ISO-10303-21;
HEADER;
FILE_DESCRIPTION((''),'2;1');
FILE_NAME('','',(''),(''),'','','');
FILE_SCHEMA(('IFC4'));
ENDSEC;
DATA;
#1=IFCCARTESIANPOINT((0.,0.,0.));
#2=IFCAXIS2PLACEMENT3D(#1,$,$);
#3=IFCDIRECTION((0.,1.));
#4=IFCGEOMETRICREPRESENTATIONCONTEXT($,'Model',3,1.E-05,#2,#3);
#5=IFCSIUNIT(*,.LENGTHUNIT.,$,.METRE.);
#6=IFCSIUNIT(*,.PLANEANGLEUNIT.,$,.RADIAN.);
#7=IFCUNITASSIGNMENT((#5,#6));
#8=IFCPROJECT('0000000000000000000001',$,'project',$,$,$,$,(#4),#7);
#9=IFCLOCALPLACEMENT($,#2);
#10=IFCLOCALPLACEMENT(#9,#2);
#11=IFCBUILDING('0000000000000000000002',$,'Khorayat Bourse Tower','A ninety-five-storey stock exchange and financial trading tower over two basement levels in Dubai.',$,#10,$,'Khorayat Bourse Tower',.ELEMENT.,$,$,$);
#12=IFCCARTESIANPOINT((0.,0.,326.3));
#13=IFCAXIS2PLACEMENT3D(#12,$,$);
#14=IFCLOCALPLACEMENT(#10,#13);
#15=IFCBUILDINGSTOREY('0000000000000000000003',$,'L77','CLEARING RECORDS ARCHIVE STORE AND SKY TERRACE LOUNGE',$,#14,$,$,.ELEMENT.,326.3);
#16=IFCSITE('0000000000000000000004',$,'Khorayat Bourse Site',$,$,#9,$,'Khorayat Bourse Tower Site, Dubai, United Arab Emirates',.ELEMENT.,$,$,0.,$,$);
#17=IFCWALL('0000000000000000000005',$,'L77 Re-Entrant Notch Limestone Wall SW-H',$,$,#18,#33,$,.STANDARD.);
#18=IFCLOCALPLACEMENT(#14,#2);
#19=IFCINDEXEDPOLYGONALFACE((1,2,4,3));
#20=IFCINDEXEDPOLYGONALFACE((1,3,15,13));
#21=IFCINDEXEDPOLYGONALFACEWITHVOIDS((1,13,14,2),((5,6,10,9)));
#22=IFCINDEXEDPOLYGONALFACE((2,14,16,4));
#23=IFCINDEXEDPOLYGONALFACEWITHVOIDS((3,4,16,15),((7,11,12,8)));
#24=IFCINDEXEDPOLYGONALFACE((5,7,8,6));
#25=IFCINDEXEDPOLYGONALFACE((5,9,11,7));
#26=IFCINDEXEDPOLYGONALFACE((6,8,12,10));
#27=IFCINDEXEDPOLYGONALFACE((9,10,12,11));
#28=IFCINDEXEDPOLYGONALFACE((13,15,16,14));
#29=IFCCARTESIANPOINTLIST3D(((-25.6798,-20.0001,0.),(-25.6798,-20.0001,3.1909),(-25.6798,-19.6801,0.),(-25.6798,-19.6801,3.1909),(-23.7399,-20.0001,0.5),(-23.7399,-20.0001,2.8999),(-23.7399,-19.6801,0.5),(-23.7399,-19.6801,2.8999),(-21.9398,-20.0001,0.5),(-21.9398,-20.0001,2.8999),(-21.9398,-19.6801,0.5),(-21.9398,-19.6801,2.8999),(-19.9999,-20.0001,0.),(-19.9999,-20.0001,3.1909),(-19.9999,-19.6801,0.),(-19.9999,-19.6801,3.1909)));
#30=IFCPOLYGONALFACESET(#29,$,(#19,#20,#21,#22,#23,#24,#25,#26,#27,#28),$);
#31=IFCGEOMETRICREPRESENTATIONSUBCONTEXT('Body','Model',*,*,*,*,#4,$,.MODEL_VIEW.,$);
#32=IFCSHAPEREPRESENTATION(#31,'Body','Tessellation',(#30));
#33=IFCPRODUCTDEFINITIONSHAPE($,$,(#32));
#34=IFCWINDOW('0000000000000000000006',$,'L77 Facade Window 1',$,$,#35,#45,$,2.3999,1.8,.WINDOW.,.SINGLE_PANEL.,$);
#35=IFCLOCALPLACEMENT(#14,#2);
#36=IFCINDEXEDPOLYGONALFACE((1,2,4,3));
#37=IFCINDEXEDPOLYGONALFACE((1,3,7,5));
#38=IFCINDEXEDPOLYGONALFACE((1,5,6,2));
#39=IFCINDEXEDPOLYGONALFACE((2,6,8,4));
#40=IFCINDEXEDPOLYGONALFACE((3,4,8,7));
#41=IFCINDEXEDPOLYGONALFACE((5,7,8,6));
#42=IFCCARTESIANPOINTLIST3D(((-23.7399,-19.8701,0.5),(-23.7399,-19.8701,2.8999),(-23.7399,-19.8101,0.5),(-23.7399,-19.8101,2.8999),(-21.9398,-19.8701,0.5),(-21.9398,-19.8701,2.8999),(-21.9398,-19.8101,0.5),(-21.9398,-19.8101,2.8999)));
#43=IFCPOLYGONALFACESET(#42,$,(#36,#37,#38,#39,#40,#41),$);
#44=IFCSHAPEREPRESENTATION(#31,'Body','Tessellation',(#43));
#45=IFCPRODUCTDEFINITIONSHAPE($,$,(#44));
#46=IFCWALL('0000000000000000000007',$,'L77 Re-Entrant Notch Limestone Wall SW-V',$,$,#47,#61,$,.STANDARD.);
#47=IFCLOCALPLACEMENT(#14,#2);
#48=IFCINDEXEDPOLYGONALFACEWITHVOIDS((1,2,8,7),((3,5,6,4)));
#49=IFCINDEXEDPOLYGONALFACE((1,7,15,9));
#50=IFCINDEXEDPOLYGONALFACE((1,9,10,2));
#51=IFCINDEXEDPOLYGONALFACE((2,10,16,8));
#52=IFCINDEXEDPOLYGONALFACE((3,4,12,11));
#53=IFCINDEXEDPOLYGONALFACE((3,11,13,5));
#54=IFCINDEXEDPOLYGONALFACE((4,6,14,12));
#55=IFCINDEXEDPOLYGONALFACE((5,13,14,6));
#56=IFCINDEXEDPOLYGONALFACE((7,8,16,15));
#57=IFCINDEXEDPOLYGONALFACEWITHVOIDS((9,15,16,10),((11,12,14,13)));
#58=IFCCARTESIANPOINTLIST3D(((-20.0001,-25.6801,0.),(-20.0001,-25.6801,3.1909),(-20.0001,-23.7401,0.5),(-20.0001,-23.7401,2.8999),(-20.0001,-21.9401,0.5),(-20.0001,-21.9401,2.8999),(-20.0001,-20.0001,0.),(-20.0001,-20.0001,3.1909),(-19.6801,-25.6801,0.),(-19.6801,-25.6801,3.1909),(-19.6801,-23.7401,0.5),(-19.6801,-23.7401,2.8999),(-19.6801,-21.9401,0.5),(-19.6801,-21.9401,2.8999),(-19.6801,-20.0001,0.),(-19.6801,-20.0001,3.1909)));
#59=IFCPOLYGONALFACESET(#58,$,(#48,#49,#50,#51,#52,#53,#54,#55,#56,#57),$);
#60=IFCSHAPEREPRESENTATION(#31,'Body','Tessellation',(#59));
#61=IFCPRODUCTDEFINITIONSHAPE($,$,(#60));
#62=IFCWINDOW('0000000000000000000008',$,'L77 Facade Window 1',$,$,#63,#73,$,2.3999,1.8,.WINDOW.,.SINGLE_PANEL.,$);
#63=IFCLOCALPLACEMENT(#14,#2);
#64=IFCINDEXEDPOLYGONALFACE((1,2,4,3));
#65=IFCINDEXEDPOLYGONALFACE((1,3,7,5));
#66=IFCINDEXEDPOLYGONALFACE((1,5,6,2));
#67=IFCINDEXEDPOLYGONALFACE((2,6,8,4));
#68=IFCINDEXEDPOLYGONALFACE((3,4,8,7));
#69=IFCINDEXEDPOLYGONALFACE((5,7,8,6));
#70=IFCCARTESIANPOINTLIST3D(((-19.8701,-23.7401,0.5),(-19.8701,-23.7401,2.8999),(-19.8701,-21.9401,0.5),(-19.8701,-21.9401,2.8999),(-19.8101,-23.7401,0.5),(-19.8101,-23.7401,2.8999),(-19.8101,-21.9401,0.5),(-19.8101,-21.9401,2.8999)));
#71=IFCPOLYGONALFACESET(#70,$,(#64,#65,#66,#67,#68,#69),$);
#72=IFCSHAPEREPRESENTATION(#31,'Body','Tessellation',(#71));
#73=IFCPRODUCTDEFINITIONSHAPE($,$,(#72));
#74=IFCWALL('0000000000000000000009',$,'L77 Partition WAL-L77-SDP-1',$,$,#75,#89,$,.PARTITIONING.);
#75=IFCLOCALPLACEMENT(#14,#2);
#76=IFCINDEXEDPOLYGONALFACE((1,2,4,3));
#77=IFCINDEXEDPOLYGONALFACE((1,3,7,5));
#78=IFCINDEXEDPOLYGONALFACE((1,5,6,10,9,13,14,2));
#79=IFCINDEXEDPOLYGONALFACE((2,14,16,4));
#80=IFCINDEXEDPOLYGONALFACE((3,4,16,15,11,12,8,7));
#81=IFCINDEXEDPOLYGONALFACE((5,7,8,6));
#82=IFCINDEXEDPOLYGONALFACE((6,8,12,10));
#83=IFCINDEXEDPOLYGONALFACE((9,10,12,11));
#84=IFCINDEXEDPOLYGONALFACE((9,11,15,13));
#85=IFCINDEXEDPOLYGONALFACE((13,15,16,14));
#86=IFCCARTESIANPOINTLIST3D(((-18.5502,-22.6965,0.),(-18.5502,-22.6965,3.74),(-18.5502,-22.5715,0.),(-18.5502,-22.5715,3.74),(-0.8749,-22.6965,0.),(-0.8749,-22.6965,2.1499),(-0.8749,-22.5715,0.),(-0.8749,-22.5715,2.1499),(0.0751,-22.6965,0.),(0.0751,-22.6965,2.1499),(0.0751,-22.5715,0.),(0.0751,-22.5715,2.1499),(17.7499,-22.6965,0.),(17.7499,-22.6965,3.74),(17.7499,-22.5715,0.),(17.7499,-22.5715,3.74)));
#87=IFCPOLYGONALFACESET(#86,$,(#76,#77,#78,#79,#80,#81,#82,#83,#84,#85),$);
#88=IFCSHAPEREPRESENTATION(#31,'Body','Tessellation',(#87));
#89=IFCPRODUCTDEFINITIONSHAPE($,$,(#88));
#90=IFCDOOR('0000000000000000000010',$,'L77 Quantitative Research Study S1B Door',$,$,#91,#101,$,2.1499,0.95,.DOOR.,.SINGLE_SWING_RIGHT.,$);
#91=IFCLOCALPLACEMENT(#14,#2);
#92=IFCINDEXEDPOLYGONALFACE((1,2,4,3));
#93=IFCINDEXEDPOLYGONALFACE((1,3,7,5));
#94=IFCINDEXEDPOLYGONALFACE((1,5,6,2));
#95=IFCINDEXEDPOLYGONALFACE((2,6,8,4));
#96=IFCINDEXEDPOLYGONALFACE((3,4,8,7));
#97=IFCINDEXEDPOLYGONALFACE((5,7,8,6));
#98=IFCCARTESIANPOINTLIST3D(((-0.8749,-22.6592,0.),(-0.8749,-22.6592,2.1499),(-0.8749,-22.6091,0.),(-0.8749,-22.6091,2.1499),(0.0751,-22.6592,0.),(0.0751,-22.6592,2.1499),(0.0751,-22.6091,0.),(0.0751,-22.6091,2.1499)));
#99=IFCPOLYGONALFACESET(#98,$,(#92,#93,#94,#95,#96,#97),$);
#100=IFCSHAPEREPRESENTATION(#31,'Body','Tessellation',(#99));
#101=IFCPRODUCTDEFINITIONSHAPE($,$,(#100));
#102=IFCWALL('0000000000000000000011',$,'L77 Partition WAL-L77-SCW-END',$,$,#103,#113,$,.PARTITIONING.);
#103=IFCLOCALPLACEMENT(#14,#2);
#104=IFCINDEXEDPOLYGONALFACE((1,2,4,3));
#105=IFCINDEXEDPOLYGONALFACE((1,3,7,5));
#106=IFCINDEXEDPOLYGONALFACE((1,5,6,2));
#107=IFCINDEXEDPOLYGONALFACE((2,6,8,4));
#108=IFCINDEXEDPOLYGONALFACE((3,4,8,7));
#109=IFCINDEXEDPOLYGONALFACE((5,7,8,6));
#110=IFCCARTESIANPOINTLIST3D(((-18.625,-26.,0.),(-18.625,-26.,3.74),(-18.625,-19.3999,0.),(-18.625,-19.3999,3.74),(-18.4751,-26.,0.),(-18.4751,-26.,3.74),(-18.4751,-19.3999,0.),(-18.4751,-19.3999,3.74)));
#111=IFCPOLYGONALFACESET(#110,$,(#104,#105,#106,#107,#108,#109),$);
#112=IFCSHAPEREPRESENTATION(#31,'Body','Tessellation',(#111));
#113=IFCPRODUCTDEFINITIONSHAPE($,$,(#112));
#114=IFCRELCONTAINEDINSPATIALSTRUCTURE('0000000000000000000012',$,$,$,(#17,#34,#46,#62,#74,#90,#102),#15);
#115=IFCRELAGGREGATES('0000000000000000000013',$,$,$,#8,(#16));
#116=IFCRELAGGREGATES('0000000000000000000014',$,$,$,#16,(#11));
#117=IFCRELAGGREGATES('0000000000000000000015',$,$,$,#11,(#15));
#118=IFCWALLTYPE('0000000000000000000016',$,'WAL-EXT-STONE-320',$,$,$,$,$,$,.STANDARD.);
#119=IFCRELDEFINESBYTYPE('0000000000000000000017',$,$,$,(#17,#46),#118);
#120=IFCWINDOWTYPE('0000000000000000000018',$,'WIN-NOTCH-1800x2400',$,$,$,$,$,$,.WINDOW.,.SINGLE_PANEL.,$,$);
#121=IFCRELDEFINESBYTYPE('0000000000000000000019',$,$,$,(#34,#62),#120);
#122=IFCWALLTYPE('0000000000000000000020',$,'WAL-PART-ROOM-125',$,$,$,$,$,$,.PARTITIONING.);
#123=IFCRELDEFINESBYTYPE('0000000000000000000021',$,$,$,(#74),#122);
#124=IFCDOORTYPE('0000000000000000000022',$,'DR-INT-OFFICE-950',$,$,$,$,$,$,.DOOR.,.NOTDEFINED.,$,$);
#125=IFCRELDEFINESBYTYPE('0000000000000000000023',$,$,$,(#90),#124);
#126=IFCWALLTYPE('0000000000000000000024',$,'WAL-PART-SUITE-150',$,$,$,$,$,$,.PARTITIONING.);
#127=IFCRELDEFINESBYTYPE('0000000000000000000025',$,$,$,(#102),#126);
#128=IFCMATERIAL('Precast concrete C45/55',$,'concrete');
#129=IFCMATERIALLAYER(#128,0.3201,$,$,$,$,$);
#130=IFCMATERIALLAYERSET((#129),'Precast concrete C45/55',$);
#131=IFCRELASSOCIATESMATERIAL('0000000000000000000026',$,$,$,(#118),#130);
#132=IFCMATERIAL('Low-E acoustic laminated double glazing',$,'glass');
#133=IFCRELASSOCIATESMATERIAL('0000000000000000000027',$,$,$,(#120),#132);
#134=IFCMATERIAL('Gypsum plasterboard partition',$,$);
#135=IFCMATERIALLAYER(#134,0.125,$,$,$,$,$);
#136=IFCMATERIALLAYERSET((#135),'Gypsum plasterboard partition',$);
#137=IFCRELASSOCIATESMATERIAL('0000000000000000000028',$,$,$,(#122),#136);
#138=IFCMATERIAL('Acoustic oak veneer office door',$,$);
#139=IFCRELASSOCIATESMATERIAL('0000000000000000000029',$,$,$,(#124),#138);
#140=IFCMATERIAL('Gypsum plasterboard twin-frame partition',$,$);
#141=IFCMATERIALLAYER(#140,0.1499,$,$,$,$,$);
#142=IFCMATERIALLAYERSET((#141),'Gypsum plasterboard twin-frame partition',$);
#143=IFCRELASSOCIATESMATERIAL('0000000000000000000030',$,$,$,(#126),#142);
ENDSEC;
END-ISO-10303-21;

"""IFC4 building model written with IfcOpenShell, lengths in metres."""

from ifc_helpers import new_model, si_unit, direction, frame, frame_2d, origin, place, context, subcontext, project, spatial, rectangle, extrude, source, transform, mapped, material, layer, layer_set, type_object, element, fill, save


model = new_model("IFC4")

# Units and contexts
model_context = context("Model", 3, precision=1e-05, world=origin(), true_north=direction((0.0, 1.0)))
body_context = subcontext(model_context, "Body", "Model", "MODEL_VIEW")
ifc_project = project(units=[si_unit("LENGTHUNIT", "METRE"), si_unit("PLANEANGLEUNIT", "RADIAN")], contexts=[model_context])

# Site, building, storey
site_placement = place(None, origin())
site = spatial("IfcSite", under=ifc_project, at=site_placement, Name="Khorayat Bourse Site", LongName="Khorayat Bourse Tower Site, Dubai, United Arab Emirates", CompositionType="ELEMENT", RefElevation=0.0)
building_placement = place(site_placement, origin())
building = spatial("IfcBuilding", under=site, at=building_placement, Name="Khorayat Bourse Tower", Description="A ninety-five-storey stock exchange and financial trading tower over two basement levels in Dubai.", LongName="Khorayat Bourse Tower", CompositionType="ELEMENT")
storey_placement = place(building_placement, frame((0.0, 0.0, 326.3)))
storey = spatial("IfcBuildingStorey", under=building, at=storey_placement, Name="L77", Description="CLEARING RECORDS ARCHIVE STORE AND SKY TERRACE LOUNGE", CompositionType="ELEMENT", Elevation=326.3)

# Walls, openings, windows
ifc_material_1 = material(Name="Precast concrete C45/55", Category="concrete")
ifc_layer_1 = layer(ifc_material_1, 0.3201)
ifc_layer_set_1 = layer_set([ifc_layer_1], Name="Precast concrete C45/55")
wall_type_1 = type_object("IfcWallType", Name="WAL-EXT-STONE-320", PredefinedType="STANDARD", material=ifc_layer_set_1)
shared_shape_1 = source(origin(), body_context, "Body", "SweptSolid", [
    extrude(rectangle(XDim=5.6799, YDim=0.3201, at=frame_2d((2.8398, 0.0))), origin(), (0.0, 0.0, 1.0), 3.1909),
])
wall_1_placement = place(storey_placement, frame((-20.0, -19.8401, 0.0), z_axis=(0.0, 0.0, 1.0), x_axis=(-1.0, 0.0, 0.0)))
wall_1 = element("IfcWall", 1, at=wall_1_placement, inside=storey, type_object=wall_type_1, Name="L77 Re-Entrant Notch Limestone Wall SW-H", PredefinedType="STANDARD", context=body_context, shape_type="MappedRepresentation", body=[
    mapped(shared_shape_1, transform((0.0, 0.0, 0.0), scale=1.0)),
])
shared_shape_2 = source(origin(), body_context, "Body", "SweptSolid", [
    extrude(rectangle(XDim=1.8, YDim=2.3999, at=frame_2d((0.8999, 1.2))), frame((0.0, 0.1699, 0.0), z_axis=(0.0, -1.0, 0.0), x_axis=(1.0, 0.0, 0.0)), (0.0, 0.0, 1.0), 0.3401),
])
opening_1_placement = place(wall_1_placement, frame((1.9399, 0.0, 0.5)))
opening_1 = element("IfcOpeningElement", 2, at=opening_1_placement, cuts=wall_1, PredefinedType="OPENING", context=body_context, shape_type="MappedRepresentation", body=[
    mapped(shared_shape_2, transform((0.0, 0.0, 0.0), scale=1.0)),
])
ifc_material_2 = material(Name="Low-E acoustic laminated double glazing", Category="glass")
window_type = type_object("IfcWindowType", Name="WIN-NOTCH-1800x2400", PartitioningType="SINGLE_PANEL", PredefinedType="WINDOW", material=ifc_material_2)
shared_shape_3 = source(origin(), body_context, "Body", "SweptSolid", [
    extrude(rectangle(XDim=1.8, YDim=2.3999, at=frame_2d((0.8999, 1.2))), frame((0.0, 0.03, 0.0), z_axis=(0.0, -1.0, 0.0), x_axis=(1.0, 0.0, 0.0)), (0.0, 0.0, 1.0), 0.0601),
])
window_1_placement = place(opening_1_placement, origin())
window_1 = element("IfcWindow", 3, at=window_1_placement, inside=storey, type_object=window_type, Name="L77 Facade Window 1", OverallHeight=2.3999, OverallWidth=1.8, PartitioningType="SINGLE_PANEL", PredefinedType="WINDOW", context=body_context, shape_type="MappedRepresentation", body=[
    mapped(shared_shape_3, transform((0.0, 0.0, 0.0), scale=1.0)),
])
fill(opening_1, window_1)
wall_2_placement = place(storey_placement, frame((-19.8401, -25.6799, 0.0), z_axis=(0.0, 0.0, 1.0), x_axis=(0.0, 1.0, 0.0)))
wall_2 = element("IfcWall", 4, at=wall_2_placement, inside=storey, type_object=wall_type_1, Name="L77 Re-Entrant Notch Limestone Wall SW-V", PredefinedType="STANDARD", context=body_context, shape_type="MappedRepresentation", body=[
    mapped(shared_shape_1, transform((0.0, 0.0, 0.0), scale=1.0)),
])
opening_2_placement = place(wall_2_placement, frame((1.9399, 0.0, 0.5)))
opening_2 = element("IfcOpeningElement", 5, at=opening_2_placement, cuts=wall_2, PredefinedType="OPENING", context=body_context, shape_type="MappedRepresentation", body=[
    mapped(shared_shape_2, transform((0.0, 0.0, 0.0), scale=1.0)),
])
window_2_placement = place(opening_2_placement, origin())
window_2 = element("IfcWindow", 6, at=window_2_placement, inside=storey, type_object=window_type, Name="L77 Facade Window 1", OverallHeight=2.3999, OverallWidth=1.8, PartitioningType="SINGLE_PANEL", PredefinedType="WINDOW", context=body_context, shape_type="MappedRepresentation", body=[
    mapped(shared_shape_3, transform((0.0, 0.0, 0.0), scale=1.0)),
])
fill(opening_2, window_2)

# Wall, opening, door
ifc_material_3 = material(Name="Gypsum plasterboard partition")
ifc_layer_2 = layer(ifc_material_3, 0.125)
ifc_layer_set_2 = layer_set([ifc_layer_2], Name="Gypsum plasterboard partition")
wall_type_2 = type_object("IfcWallType", Name="WAL-PART-ROOM-125", PredefinedType="PARTITIONING", material=ifc_layer_set_2)
shared_shape_4 = source(origin(), body_context, "Body", "SweptSolid", [
    extrude(rectangle(XDim=36.3, YDim=0.125, at=frame_2d((18.1499, 0.0))), origin(), (0.0, 0.0, 1.0), 3.74),
])
wall_3_placement = place(storey_placement, frame((-18.55, -22.634, 0.0), z_axis=(0.0, 0.0, 1.0), x_axis=(1.0, 0.0, 0.0)))
wall_3 = element("IfcWall", 7, at=wall_3_placement, inside=storey, type_object=wall_type_2, Name="L77 Partition WAL-L77-SDP-1", PredefinedType="PARTITIONING", context=body_context, shape_type="MappedRepresentation", body=[
    mapped(shared_shape_4, transform((0.0, 0.0, 0.0), scale=1.0)),
])
shared_shape_5 = source(origin(), body_context, "Body", "SweptSolid", [
    extrude(rectangle(XDim=0.95, YDim=2.1499, at=frame_2d((0.4751, 1.075))), frame((0.0, 0.0725, 0.0), z_axis=(0.0, -1.0, 0.0), x_axis=(1.0, 0.0, 0.0)), (0.0, 0.0, 1.0), 0.145),
])
opening_3_placement = place(wall_3_placement, frame((17.675, 0.0, 0.0)))
opening_3 = element("IfcOpeningElement", 8, at=opening_3_placement, cuts=wall_3, PredefinedType="OPENING", context=body_context, shape_type="MappedRepresentation", body=[
    mapped(shared_shape_5, transform((0.0, 0.0, 0.0), scale=1.0)),
])
ifc_material_4 = material(Name="Acoustic oak veneer office door")
door_type = type_object("IfcDoorType", Name="DR-INT-OFFICE-950", OperationType="NOTDEFINED", PredefinedType="DOOR", material=ifc_material_4)
shared_shape_6 = source(origin(), body_context, "Body", "SweptSolid", [
    extrude(rectangle(XDim=0.95, YDim=2.1499, at=frame_2d((0.4751, 1.075))), frame((0.0, 0.0249, 0.0), z_axis=(0.0, -1.0, 0.0), x_axis=(1.0, 0.0, 0.0)), (0.0, 0.0, 1.0), 0.05),
])
door_placement = place(opening_3_placement, origin())
door = element("IfcDoor", 9, at=door_placement, inside=storey, type_object=door_type, Name="L77 Quantitative Research Study S1B Door", OperationType="SINGLE_SWING_RIGHT", OverallHeight=2.1499, OverallWidth=0.95, PredefinedType="DOOR", context=body_context, shape_type="MappedRepresentation", body=[
    mapped(shared_shape_6, transform((0.0, 0.0, 0.0), scale=1.0)),
])
fill(opening_3, door)

# Wall
ifc_material_5 = material(Name="Gypsum plasterboard twin-frame partition")
ifc_layer_3 = layer(ifc_material_5, 0.1499)
ifc_layer_set_3 = layer_set([ifc_layer_3], Name="Gypsum plasterboard twin-frame partition")
wall_type_3 = type_object("IfcWallType", Name="WAL-PART-SUITE-150", PredefinedType="PARTITIONING", material=ifc_layer_set_3)
shared_shape_7 = source(origin(), body_context, "Body", "SweptSolid", [
    extrude(rectangle(XDim=6.6001, YDim=0.1499, at=frame_2d((3.3, 0.0))), origin(), (0.0, 0.0, 1.0), 3.74),
])
wall_4_placement = place(storey_placement, frame((-18.55, -26.0, 0.0), z_axis=(0.0, 0.0, 1.0), x_axis=(0.0, 1.0, 0.0)))
element("IfcWall", 10, at=wall_4_placement, inside=storey, type_object=wall_type_3, Name="L77 Partition WAL-L77-SCW-END", PredefinedType="PARTITIONING", context=body_context, shape_type="MappedRepresentation", body=[
    mapped(shared_shape_7, transform((0.0, 0.0, 0.0), scale=1.0)),
])

save(model, "model.ifc")
